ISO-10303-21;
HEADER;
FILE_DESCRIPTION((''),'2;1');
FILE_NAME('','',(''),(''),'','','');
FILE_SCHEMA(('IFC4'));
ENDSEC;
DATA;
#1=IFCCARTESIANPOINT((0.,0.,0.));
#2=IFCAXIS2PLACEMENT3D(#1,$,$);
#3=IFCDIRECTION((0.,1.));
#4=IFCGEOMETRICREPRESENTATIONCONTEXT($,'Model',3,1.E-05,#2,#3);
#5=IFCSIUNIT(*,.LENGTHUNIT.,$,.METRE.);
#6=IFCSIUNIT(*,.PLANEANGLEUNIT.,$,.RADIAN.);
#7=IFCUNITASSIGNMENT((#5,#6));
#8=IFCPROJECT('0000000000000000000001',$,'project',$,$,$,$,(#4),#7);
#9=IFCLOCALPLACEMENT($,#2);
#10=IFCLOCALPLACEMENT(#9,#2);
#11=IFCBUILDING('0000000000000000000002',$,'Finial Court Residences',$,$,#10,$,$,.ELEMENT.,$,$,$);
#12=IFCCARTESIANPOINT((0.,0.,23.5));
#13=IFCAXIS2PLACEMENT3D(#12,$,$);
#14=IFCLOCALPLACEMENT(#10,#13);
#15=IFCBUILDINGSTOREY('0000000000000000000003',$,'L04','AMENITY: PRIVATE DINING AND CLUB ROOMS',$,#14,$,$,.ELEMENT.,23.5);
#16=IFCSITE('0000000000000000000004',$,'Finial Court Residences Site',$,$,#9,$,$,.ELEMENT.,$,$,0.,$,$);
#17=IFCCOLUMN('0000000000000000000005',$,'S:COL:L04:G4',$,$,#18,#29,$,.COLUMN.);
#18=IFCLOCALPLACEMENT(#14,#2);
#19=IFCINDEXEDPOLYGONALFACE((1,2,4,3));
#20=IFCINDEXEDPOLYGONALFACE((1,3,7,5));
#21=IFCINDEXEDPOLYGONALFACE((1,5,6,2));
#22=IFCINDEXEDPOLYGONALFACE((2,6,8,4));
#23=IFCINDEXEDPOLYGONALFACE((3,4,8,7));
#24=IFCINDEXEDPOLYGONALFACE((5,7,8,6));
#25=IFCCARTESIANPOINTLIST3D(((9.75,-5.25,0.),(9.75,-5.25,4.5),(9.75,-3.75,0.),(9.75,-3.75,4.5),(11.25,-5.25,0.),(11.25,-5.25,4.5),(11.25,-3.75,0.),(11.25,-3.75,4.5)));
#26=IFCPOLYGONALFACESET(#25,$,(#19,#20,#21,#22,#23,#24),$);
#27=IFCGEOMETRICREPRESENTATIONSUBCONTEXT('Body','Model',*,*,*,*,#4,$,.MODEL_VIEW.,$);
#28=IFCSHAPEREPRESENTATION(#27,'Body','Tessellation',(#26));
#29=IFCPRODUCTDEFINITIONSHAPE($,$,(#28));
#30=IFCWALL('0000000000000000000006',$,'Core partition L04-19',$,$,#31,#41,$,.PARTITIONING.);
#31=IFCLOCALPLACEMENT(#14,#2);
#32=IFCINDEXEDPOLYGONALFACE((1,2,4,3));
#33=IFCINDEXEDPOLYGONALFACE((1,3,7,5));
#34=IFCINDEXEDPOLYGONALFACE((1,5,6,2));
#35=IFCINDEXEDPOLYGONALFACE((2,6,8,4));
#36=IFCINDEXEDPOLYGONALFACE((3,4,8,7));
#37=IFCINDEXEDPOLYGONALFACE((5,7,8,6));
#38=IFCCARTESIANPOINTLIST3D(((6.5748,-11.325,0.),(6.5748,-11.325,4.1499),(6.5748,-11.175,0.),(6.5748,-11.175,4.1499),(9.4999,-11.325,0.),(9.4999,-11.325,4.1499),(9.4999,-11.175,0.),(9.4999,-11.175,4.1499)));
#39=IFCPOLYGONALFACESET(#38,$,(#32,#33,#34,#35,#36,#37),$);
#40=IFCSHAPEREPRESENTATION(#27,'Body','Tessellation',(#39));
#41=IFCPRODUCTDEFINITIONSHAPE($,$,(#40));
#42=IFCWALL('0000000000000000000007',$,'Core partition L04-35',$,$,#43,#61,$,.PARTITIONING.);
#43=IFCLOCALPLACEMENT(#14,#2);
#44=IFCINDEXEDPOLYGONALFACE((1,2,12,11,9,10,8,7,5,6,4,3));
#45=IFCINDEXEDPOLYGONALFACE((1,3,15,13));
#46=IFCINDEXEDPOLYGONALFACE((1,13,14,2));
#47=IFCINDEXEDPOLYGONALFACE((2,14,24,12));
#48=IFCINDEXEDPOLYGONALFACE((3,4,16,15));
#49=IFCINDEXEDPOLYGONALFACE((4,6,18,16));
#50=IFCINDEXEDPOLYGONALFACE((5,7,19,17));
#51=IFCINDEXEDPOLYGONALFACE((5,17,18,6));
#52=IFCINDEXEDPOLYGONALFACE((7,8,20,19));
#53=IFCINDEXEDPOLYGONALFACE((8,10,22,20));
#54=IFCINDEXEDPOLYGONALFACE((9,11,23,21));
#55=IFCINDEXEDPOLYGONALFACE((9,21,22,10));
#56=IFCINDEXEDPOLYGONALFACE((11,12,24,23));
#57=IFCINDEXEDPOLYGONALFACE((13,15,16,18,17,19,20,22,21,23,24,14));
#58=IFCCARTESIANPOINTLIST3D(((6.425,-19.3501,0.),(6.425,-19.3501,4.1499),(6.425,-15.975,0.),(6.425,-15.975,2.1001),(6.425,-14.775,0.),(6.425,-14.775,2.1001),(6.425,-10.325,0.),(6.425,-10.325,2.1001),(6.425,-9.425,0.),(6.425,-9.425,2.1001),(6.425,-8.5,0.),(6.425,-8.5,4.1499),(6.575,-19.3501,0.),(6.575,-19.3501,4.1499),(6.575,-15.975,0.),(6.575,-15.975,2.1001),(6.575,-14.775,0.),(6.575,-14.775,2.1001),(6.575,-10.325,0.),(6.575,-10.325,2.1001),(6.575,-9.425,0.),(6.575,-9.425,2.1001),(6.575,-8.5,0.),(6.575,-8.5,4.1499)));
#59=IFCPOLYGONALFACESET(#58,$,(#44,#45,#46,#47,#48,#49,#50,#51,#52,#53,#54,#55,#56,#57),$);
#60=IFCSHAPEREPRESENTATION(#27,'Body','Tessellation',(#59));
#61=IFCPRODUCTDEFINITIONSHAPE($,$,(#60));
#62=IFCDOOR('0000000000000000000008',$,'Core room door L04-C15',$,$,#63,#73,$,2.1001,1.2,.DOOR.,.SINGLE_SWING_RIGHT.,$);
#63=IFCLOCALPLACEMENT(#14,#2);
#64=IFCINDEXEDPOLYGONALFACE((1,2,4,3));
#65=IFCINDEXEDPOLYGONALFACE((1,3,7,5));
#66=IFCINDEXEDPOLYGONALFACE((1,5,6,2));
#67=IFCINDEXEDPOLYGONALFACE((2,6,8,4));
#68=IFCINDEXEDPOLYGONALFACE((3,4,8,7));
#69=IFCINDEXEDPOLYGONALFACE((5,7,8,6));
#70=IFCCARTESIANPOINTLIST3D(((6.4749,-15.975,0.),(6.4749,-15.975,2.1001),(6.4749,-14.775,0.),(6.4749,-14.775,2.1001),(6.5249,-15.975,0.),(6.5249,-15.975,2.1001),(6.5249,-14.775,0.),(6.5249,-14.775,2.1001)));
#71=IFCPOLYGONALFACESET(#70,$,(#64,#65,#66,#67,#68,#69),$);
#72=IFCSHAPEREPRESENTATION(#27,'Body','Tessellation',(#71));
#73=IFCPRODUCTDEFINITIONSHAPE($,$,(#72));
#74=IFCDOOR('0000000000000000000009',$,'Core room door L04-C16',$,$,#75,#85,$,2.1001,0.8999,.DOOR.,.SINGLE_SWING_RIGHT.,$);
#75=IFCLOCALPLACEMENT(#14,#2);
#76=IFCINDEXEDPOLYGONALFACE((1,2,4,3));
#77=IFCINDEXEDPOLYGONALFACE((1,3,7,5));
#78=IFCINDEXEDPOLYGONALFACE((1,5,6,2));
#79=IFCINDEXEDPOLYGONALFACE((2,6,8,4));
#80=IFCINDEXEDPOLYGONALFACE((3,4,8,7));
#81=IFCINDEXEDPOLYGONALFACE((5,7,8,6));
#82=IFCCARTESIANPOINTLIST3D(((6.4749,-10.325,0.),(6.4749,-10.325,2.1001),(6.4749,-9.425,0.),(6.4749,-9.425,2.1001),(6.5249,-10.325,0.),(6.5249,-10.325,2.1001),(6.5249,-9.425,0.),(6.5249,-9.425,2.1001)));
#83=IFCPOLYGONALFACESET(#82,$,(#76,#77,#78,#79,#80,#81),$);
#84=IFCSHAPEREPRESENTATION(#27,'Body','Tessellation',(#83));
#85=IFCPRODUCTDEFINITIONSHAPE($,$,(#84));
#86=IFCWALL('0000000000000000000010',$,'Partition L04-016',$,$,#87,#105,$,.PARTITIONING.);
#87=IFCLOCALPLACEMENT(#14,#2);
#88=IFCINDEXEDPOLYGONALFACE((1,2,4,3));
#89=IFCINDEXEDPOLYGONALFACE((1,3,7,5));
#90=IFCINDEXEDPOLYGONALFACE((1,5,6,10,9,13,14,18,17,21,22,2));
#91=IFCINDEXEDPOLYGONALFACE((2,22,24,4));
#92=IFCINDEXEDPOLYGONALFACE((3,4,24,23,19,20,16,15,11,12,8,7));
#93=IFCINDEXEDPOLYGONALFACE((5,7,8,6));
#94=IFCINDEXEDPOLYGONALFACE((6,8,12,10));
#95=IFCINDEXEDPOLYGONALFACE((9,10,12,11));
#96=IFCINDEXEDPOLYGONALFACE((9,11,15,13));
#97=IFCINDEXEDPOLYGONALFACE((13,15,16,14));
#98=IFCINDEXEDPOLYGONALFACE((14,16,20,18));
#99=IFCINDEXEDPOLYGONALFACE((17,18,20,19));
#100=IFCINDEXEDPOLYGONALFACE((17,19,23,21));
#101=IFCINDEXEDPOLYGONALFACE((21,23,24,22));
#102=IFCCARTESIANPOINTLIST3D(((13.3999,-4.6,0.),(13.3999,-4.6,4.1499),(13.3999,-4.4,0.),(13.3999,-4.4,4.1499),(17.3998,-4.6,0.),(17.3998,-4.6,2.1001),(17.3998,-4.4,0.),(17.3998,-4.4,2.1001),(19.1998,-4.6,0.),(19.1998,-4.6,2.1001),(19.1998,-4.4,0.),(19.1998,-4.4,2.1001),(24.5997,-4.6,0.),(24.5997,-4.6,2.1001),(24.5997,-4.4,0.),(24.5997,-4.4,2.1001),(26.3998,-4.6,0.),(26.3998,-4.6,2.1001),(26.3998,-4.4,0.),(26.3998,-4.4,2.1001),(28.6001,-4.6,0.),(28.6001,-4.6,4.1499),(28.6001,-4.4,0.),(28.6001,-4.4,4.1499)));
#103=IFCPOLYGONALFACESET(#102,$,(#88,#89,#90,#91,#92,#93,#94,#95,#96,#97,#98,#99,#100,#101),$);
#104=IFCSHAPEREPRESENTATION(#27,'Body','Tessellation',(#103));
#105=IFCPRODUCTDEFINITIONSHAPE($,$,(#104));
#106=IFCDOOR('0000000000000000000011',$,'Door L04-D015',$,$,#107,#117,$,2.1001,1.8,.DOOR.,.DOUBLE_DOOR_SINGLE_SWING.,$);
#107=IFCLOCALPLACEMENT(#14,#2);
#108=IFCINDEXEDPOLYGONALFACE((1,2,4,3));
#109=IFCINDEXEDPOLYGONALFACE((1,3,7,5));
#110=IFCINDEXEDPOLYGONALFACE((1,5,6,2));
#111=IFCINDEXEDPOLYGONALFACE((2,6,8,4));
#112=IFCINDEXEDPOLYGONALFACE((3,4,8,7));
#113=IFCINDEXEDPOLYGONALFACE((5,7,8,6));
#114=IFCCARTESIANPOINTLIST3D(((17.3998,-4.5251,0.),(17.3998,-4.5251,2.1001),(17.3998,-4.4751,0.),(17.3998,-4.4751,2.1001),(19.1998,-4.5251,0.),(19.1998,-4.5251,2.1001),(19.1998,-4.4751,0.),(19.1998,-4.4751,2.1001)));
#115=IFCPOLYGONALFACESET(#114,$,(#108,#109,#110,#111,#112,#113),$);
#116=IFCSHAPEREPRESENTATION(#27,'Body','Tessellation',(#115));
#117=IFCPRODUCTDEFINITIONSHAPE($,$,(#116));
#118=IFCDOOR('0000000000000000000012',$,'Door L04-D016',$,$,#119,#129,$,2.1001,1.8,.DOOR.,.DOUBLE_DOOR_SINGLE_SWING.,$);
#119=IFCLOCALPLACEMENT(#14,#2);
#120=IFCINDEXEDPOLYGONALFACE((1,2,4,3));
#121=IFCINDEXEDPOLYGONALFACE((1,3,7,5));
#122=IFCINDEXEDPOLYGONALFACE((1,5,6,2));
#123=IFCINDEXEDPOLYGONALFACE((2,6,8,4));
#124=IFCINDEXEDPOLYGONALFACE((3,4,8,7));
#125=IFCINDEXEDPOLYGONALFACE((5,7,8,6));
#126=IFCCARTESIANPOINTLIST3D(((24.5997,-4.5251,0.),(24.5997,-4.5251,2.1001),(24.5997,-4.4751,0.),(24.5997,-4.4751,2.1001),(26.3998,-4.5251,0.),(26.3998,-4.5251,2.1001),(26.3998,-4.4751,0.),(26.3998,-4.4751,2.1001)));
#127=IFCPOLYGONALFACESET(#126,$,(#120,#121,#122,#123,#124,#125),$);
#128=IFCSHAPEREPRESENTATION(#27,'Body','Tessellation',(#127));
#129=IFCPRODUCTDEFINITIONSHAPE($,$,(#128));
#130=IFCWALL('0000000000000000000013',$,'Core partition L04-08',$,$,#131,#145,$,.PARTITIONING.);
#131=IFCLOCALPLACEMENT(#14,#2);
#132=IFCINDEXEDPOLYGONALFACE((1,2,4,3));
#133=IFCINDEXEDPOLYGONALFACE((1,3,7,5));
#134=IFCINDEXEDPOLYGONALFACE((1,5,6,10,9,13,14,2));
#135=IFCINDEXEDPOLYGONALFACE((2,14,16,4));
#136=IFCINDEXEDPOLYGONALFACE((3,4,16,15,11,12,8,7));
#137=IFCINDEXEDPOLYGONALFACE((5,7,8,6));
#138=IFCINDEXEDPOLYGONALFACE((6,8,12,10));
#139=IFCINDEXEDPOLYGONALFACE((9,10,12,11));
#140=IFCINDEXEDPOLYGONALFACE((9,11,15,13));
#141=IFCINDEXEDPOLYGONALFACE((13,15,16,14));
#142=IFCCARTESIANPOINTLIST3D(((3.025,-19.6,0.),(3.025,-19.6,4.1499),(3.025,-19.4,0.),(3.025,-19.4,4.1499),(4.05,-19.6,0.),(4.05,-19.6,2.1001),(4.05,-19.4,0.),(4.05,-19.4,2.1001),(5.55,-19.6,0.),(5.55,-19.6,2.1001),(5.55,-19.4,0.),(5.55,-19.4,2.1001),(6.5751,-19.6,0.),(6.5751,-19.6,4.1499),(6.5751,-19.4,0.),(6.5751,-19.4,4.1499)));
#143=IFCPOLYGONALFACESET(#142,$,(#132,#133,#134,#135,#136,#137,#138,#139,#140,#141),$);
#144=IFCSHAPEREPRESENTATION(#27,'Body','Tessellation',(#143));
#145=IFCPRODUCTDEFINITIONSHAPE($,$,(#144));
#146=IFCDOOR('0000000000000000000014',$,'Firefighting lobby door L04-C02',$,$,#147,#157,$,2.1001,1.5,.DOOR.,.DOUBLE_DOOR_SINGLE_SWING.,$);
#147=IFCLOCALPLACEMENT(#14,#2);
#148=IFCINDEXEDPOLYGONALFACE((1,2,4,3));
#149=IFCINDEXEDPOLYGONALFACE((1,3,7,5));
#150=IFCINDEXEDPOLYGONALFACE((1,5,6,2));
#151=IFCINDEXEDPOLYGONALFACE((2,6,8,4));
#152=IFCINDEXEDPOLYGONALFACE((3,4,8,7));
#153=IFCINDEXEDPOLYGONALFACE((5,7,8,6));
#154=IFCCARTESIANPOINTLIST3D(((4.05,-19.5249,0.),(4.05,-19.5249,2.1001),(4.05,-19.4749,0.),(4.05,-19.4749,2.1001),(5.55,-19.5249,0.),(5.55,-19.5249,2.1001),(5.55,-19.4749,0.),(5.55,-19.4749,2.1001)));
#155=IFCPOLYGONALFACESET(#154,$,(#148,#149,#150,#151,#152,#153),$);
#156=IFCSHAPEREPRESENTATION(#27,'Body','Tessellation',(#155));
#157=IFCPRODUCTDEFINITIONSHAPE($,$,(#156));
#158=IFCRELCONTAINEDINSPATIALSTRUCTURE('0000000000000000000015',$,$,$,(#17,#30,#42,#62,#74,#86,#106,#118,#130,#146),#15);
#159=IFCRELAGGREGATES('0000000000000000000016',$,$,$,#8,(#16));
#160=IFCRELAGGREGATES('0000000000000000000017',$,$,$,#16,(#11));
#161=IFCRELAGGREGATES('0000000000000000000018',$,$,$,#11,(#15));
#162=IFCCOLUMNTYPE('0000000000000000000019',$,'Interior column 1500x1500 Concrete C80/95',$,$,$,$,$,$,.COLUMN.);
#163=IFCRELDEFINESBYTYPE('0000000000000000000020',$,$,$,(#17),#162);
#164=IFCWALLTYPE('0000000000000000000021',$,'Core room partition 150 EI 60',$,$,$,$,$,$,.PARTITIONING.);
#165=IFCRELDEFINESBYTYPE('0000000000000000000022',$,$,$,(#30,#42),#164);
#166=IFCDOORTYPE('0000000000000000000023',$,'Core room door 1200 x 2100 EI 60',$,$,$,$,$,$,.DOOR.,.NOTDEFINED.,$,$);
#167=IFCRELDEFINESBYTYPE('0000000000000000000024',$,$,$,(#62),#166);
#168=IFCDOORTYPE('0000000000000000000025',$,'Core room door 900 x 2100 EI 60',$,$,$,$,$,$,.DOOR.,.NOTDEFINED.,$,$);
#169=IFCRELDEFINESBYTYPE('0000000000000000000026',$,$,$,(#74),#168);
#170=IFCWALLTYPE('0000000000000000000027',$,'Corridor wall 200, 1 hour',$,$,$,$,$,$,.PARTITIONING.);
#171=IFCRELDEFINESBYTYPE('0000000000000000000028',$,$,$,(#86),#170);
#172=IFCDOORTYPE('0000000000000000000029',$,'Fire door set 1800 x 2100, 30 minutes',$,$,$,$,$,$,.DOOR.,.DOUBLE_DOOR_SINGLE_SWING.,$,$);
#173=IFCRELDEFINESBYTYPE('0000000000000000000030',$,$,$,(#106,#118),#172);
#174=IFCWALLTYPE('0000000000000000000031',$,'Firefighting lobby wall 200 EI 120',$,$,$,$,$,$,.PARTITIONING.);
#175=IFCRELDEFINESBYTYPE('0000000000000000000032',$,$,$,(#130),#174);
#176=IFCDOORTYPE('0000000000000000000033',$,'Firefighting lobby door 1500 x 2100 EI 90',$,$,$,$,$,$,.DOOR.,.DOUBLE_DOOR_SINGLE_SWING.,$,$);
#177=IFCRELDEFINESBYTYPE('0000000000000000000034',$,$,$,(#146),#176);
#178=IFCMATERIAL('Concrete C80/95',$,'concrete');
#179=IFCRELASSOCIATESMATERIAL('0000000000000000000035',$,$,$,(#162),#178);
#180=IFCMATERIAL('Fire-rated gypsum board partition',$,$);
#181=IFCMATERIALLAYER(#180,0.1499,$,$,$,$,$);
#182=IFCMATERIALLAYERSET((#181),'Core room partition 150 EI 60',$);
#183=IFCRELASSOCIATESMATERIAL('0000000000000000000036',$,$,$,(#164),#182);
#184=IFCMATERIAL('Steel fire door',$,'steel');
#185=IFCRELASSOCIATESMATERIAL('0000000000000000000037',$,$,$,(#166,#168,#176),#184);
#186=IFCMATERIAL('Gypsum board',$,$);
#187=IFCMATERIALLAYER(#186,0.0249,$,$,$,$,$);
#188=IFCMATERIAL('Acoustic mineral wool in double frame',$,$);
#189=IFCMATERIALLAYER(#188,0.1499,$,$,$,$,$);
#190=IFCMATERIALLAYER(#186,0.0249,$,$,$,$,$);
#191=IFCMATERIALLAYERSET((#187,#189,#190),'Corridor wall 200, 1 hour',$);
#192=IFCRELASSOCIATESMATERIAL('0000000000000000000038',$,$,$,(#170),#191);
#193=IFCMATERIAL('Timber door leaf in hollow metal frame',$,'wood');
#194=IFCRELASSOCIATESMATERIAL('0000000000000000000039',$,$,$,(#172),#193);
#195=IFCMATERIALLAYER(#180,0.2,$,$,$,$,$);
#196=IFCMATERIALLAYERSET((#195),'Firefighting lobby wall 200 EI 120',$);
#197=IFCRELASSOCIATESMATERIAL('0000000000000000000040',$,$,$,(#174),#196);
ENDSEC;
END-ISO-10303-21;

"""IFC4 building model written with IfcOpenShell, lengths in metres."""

from ifc_helpers import new_model, si_unit, direction, frame, frame_2d, origin, origin_2d, place, context, subcontext, project, spatial, rectangle, extrude, material, layer, layer_set, material_profile, profile_set, type_object, element, fill, save


model = new_model("IFC4")

# Units and contexts
model_context = context("Model", 3, precision=1e-05, world=origin(), true_north=direction((0.0, 1.0)))
body_context = subcontext(model_context, "Body", "Model", "MODEL_VIEW")
ifc_project = project(units=[si_unit("LENGTHUNIT", "METRE"), si_unit("PLANEANGLEUNIT", "RADIAN")], contexts=[model_context])

# Site, building, storey
site_placement = place(None, origin())
site = spatial("IfcSite", under=ifc_project, at=site_placement, Name="Finial Court Residences Site", CompositionType="ELEMENT", RefElevation=0.0)
building_placement = place(site_placement, origin())
building = spatial("IfcBuilding", under=site, at=building_placement, Name="Finial Court Residences", CompositionType="ELEMENT")
storey_placement = place(building_placement, frame((0.0, 0.0, 23.5)))
storey = spatial("IfcBuildingStorey", under=building, at=storey_placement, Name="L04", Description="AMENITY: PRIVATE DINING AND CLUB ROOMS", CompositionType="ELEMENT", Elevation=23.5)

# Column
ifc_material_1 = material(Name="Concrete C80/95", Category="concrete")
ifc_material_profile = material_profile(ifc_material_1, rectangle(XDim=1.5, YDim=1.5, at=origin_2d()), Name="1500x1500")
ifc_profile_set = profile_set([ifc_material_profile], Name="Concrete C80/95")
column_type = type_object("IfcColumnType", Name="Interior column 1500x1500 Concrete C80/95", PredefinedType="COLUMN", material=ifc_profile_set)
column_placement = place(storey_placement, frame((10.5, -4.5, 0.0), z_axis=(0.0, 0.0, 1.0), x_axis=(1.0, 0.0, 0.0)))
element("IfcColumn", 1, at=column_placement, inside=storey, type_object=column_type, Name="S:COL:L04:G4", PredefinedType="COLUMN", context=body_context, shape_type="SweptSolid", body=[
    extrude(rectangle(XDim=1.5, YDim=1.5, at=origin_2d()), origin(), (0.0, 0.0, 1.0), 4.5),
])

# Wall
ifc_material_2 = material(Name="Fire-rated gypsum board partition")
ifc_layer_1 = layer(ifc_material_2, 0.1499)
ifc_layer_set_1 = layer_set([ifc_layer_1], Name="Core room partition 150 EI 60")
wall_type_1 = type_object("IfcWallType", Name="Core room partition 150 EI 60", PredefinedType="PARTITIONING", material=ifc_layer_set_1)
wall_1_placement = place(storey_placement, frame((6.575, -11.25, 0.0), z_axis=(0.0, 0.0, 1.0), x_axis=(1.0, 0.0, 0.0)))
element("IfcWall", 2, at=wall_1_placement, inside=storey, type_object=wall_type_1, Name="Core partition L04-19", PredefinedType="PARTITIONING", context=body_context, shape_type="SweptSolid", body=[
    extrude(rectangle(XDim=2.925, YDim=0.1499, at=frame_2d((1.4624, 0.0))), origin(), (0.0, 0.0, 1.0), 4.1499),
])

# Walls, openings, doors
wall_2_placement = place(storey_placement, frame((6.5, -8.5, 0.0), z_axis=(0.0, 0.0, 1.0), x_axis=(0.0, -1.0, 0.0)))
wall_2 = element("IfcWall", 3, at=wall_2_placement, inside=storey, type_object=wall_type_1, Name="Core partition L04-35", PredefinedType="PARTITIONING", context=body_context, shape_type="SweptSolid", body=[
    extrude(rectangle(XDim=10.8501, YDim=0.1499, at=frame_2d((5.425, 0.0))), origin(), (0.0, 0.0, 1.0), 4.1499),
])
opening_1_placement = place(wall_2_placement, frame((6.2749, 0.0, 0.0)))
opening_1 = element("IfcOpeningElement", 4, at=opening_1_placement, cuts=wall_2, PredefinedType="OPENING", context=body_context, shape_type="SweptSolid", body=[
    extrude(rectangle(XDim=1.2, YDim=2.1001, at=frame_2d((0.6001, 1.05))), frame((0.0, 0.085, 0.0), z_axis=(0.0, -1.0, 0.0), x_axis=(1.0, 0.0, 0.0)), (0.0, 0.0, 1.0), 0.1699),
])
opening_2_placement = place(wall_2_placement, frame((0.925, 0.0, 0.0)))
opening_2 = element("IfcOpeningElement", 5, at=opening_2_placement, cuts=wall_2, PredefinedType="OPENING", context=body_context, shape_type="SweptSolid", body=[
    extrude(rectangle(XDim=0.8999, YDim=2.1001, at=frame_2d((0.45, 1.05))), frame((0.0, 0.085, 0.0), z_axis=(0.0, -1.0, 0.0), x_axis=(1.0, 0.0, 0.0)), (0.0, 0.0, 1.0), 0.1699),
])
ifc_material_3 = material(Name="Steel fire door", Category="steel")
door_type_1 = type_object("IfcDoorType", Name="Core room door 1200 x 2100 EI 60", OperationType="NOTDEFINED", PredefinedType="DOOR", material=ifc_material_3)
door_1_placement = place(opening_1_placement, origin())
door_1 = element("IfcDoor", 6, at=door_1_placement, inside=storey, type_object=door_type_1, Name="Core room door L04-C15", OperationType="SINGLE_SWING_RIGHT", OverallHeight=2.1001, OverallWidth=1.2, PredefinedType="DOOR", context=body_context, shape_type="SweptSolid", body=[
    extrude(rectangle(XDim=1.2, YDim=2.1001, at=frame_2d((0.6001, 1.05))), frame((0.0, 0.0249, 0.0), z_axis=(0.0, -1.0, 0.0), x_axis=(1.0, 0.0, 0.0)), (0.0, 0.0, 1.0), 0.05),
])
fill(opening_1, door_1)
door_type_2 = type_object("IfcDoorType", Name="Core room door 900 x 2100 EI 60", OperationType="NOTDEFINED", PredefinedType="DOOR", material=ifc_material_3)
door_2_placement = place(opening_2_placement, origin())
door_2 = element("IfcDoor", 7, at=door_2_placement, inside=storey, type_object=door_type_2, Name="Core room door L04-C16", OperationType="SINGLE_SWING_RIGHT", OverallHeight=2.1001, OverallWidth=0.8999, PredefinedType="DOOR", context=body_context, shape_type="SweptSolid", body=[
    extrude(rectangle(XDim=0.8999, YDim=2.1001, at=frame_2d((0.45, 1.05))), frame((0.0, 0.0249, 0.0), z_axis=(0.0, -1.0, 0.0), x_axis=(1.0, 0.0, 0.0)), (0.0, 0.0, 1.0), 0.05),
])
fill(opening_2, door_2)
ifc_material_4 = material(Name="Gypsum board")
ifc_layer_2 = layer(ifc_material_4, 0.0249)
ifc_material_5 = material(Name="Acoustic mineral wool in double frame")
ifc_layer_3 = layer(ifc_material_5, 0.1499)
ifc_layer_4 = layer(ifc_material_4, 0.0249)
ifc_layer_set_2 = layer_set([ifc_layer_2, ifc_layer_3, ifc_layer_4], Name="Corridor wall 200, 1 hour")
wall_type_2 = type_object("IfcWallType", Name="Corridor wall 200, 1 hour", PredefinedType="PARTITIONING", material=ifc_layer_set_2)
wall_3_placement = place(storey_placement, frame((13.3999, -4.5, 0.0), z_axis=(0.0, 0.0, 1.0), x_axis=(1.0, 0.0, 0.0)))
wall_3 = element("IfcWall", 8, at=wall_3_placement, inside=storey, type_object=wall_type_2, Name="Partition L04-016", PredefinedType="PARTITIONING", context=body_context, shape_type="SweptSolid", body=[
    extrude(rectangle(XDim=15.2002, YDim=0.2, at=frame_2d((7.6001, 0.0))), origin(), (0.0, 0.0, 1.0), 4.1499),
])
opening_3_placement = place(wall_3_placement, frame((4.0, 0.0, 0.0)))
opening_3 = element("IfcOpeningElement", 9, at=opening_3_placement, cuts=wall_3, PredefinedType="OPENING", context=body_context, shape_type="SweptSolid", body=[
    extrude(rectangle(XDim=1.8, YDim=2.1001, at=frame_2d((0.8999, 1.05))), frame((0.0, 0.1099, 0.0), z_axis=(0.0, -1.0, 0.0), x_axis=(1.0, 0.0, 0.0)), (0.0, 0.0, 1.0), 0.22),
])
opening_4_placement = place(wall_3_placement, frame((11.2, 0.0, 0.0)))
opening_4 = element("IfcOpeningElement", 10, at=opening_4_placement, cuts=wall_3, PredefinedType="OPENING", context=body_context, shape_type="SweptSolid", body=[
    extrude(rectangle(XDim=1.8, YDim=2.1001, at=frame_2d((0.8999, 1.05))), frame((0.0, 0.1099, 0.0), z_axis=(0.0, -1.0, 0.0), x_axis=(1.0, 0.0, 0.0)), (0.0, 0.0, 1.0), 0.22),
])
ifc_material_6 = material(Name="Timber door leaf in hollow metal frame", Category="wood")
door_type_3 = type_object("IfcDoorType", Name="Fire door set 1800 x 2100, 30 minutes", OperationType="DOUBLE_DOOR_SINGLE_SWING", PredefinedType="DOOR", material=ifc_material_6)
door_3_placement = place(opening_3_placement, origin())
door_3 = element("IfcDoor", 11, at=door_3_placement, inside=storey, type_object=door_type_3, Name="Door L04-D015", OperationType="DOUBLE_DOOR_SINGLE_SWING", OverallHeight=2.1001, OverallWidth=1.8, PredefinedType="DOOR", context=body_context, shape_type="SweptSolid", body=[
    extrude(rectangle(XDim=1.8, YDim=2.1001, at=frame_2d((0.8999, 1.05))), frame((0.0, 0.0249, 0.0), z_axis=(0.0, -1.0, 0.0), x_axis=(1.0, 0.0, 0.0)), (0.0, 0.0, 1.0), 0.05),
])
fill(opening_3, door_3)
door_4_placement = place(opening_4_placement, origin())
door_4 = element("IfcDoor", 12, at=door_4_placement, inside=storey, type_object=door_type_3, Name="Door L04-D016", OperationType="DOUBLE_DOOR_SINGLE_SWING", OverallHeight=2.1001, OverallWidth=1.8, PredefinedType="DOOR", context=body_context, shape_type="SweptSolid", body=[
    extrude(rectangle(XDim=1.8, YDim=2.1001, at=frame_2d((0.8999, 1.05))), frame((0.0, 0.0249, 0.0), z_axis=(0.0, -1.0, 0.0), x_axis=(1.0, 0.0, 0.0)), (0.0, 0.0, 1.0), 0.05),
])
fill(opening_4, door_4)

# Wall, opening, door
ifc_layer_5 = layer(ifc_material_2, 0.2)
ifc_layer_set_3 = layer_set([ifc_layer_5], Name="Firefighting lobby wall 200 EI 120")
wall_type_3 = type_object("IfcWallType", Name="Firefighting lobby wall 200 EI 120", PredefinedType="PARTITIONING", material=ifc_layer_set_3)
wall_4_placement = place(storey_placement, frame((6.575, -19.5, 0.0), z_axis=(0.0, 0.0, 1.0), x_axis=(-1.0, 0.0, 0.0)))
wall_4 = element("IfcWall", 13, at=wall_4_placement, inside=storey, type_object=wall_type_3, Name="Core partition L04-08", PredefinedType="PARTITIONING", context=body_context, shape_type="SweptSolid", body=[
    extrude(rectangle(XDim=3.55, YDim=0.2, at=frame_2d((1.7749, 0.0))), origin(), (0.0, 0.0, 1.0), 4.1499),
])
opening_5_placement = place(wall_4_placement, frame((1.0249, 0.0, 0.0)))
opening_5 = element("IfcOpeningElement", 14, at=opening_5_placement, cuts=wall_4, PredefinedType="OPENING", context=body_context, shape_type="SweptSolid", body=[
    extrude(rectangle(XDim=1.5, YDim=2.1001, at=frame_2d((0.75, 1.05))), frame((0.0, 0.1099, 0.0), z_axis=(0.0, -1.0, 0.0), x_axis=(1.0, 0.0, 0.0)), (0.0, 0.0, 1.0), 0.22),
])
door_type_4 = type_object("IfcDoorType", Name="Firefighting lobby door 1500 x 2100 EI 90", OperationType="DOUBLE_DOOR_SINGLE_SWING", PredefinedType="DOOR", material=ifc_material_3)
door_5_placement = place(opening_5_placement, origin())
door_5 = element("IfcDoor", 15, at=door_5_placement, inside=storey, type_object=door_type_4, Name="Firefighting lobby door L04-C02", OperationType="DOUBLE_DOOR_SINGLE_SWING", OverallHeight=2.1001, OverallWidth=1.5, PredefinedType="DOOR", context=body_context, shape_type="SweptSolid", body=[
    extrude(rectangle(XDim=1.5, YDim=2.1001, at=frame_2d((0.75, 1.05))), frame((0.0, 0.0249, 0.0), z_axis=(0.0, -1.0, 0.0), x_axis=(1.0, 0.0, 0.0)), (0.0, 0.0, 1.0), 0.05),
])
fill(opening_5, door_5)

save(model, "model.ifc")
